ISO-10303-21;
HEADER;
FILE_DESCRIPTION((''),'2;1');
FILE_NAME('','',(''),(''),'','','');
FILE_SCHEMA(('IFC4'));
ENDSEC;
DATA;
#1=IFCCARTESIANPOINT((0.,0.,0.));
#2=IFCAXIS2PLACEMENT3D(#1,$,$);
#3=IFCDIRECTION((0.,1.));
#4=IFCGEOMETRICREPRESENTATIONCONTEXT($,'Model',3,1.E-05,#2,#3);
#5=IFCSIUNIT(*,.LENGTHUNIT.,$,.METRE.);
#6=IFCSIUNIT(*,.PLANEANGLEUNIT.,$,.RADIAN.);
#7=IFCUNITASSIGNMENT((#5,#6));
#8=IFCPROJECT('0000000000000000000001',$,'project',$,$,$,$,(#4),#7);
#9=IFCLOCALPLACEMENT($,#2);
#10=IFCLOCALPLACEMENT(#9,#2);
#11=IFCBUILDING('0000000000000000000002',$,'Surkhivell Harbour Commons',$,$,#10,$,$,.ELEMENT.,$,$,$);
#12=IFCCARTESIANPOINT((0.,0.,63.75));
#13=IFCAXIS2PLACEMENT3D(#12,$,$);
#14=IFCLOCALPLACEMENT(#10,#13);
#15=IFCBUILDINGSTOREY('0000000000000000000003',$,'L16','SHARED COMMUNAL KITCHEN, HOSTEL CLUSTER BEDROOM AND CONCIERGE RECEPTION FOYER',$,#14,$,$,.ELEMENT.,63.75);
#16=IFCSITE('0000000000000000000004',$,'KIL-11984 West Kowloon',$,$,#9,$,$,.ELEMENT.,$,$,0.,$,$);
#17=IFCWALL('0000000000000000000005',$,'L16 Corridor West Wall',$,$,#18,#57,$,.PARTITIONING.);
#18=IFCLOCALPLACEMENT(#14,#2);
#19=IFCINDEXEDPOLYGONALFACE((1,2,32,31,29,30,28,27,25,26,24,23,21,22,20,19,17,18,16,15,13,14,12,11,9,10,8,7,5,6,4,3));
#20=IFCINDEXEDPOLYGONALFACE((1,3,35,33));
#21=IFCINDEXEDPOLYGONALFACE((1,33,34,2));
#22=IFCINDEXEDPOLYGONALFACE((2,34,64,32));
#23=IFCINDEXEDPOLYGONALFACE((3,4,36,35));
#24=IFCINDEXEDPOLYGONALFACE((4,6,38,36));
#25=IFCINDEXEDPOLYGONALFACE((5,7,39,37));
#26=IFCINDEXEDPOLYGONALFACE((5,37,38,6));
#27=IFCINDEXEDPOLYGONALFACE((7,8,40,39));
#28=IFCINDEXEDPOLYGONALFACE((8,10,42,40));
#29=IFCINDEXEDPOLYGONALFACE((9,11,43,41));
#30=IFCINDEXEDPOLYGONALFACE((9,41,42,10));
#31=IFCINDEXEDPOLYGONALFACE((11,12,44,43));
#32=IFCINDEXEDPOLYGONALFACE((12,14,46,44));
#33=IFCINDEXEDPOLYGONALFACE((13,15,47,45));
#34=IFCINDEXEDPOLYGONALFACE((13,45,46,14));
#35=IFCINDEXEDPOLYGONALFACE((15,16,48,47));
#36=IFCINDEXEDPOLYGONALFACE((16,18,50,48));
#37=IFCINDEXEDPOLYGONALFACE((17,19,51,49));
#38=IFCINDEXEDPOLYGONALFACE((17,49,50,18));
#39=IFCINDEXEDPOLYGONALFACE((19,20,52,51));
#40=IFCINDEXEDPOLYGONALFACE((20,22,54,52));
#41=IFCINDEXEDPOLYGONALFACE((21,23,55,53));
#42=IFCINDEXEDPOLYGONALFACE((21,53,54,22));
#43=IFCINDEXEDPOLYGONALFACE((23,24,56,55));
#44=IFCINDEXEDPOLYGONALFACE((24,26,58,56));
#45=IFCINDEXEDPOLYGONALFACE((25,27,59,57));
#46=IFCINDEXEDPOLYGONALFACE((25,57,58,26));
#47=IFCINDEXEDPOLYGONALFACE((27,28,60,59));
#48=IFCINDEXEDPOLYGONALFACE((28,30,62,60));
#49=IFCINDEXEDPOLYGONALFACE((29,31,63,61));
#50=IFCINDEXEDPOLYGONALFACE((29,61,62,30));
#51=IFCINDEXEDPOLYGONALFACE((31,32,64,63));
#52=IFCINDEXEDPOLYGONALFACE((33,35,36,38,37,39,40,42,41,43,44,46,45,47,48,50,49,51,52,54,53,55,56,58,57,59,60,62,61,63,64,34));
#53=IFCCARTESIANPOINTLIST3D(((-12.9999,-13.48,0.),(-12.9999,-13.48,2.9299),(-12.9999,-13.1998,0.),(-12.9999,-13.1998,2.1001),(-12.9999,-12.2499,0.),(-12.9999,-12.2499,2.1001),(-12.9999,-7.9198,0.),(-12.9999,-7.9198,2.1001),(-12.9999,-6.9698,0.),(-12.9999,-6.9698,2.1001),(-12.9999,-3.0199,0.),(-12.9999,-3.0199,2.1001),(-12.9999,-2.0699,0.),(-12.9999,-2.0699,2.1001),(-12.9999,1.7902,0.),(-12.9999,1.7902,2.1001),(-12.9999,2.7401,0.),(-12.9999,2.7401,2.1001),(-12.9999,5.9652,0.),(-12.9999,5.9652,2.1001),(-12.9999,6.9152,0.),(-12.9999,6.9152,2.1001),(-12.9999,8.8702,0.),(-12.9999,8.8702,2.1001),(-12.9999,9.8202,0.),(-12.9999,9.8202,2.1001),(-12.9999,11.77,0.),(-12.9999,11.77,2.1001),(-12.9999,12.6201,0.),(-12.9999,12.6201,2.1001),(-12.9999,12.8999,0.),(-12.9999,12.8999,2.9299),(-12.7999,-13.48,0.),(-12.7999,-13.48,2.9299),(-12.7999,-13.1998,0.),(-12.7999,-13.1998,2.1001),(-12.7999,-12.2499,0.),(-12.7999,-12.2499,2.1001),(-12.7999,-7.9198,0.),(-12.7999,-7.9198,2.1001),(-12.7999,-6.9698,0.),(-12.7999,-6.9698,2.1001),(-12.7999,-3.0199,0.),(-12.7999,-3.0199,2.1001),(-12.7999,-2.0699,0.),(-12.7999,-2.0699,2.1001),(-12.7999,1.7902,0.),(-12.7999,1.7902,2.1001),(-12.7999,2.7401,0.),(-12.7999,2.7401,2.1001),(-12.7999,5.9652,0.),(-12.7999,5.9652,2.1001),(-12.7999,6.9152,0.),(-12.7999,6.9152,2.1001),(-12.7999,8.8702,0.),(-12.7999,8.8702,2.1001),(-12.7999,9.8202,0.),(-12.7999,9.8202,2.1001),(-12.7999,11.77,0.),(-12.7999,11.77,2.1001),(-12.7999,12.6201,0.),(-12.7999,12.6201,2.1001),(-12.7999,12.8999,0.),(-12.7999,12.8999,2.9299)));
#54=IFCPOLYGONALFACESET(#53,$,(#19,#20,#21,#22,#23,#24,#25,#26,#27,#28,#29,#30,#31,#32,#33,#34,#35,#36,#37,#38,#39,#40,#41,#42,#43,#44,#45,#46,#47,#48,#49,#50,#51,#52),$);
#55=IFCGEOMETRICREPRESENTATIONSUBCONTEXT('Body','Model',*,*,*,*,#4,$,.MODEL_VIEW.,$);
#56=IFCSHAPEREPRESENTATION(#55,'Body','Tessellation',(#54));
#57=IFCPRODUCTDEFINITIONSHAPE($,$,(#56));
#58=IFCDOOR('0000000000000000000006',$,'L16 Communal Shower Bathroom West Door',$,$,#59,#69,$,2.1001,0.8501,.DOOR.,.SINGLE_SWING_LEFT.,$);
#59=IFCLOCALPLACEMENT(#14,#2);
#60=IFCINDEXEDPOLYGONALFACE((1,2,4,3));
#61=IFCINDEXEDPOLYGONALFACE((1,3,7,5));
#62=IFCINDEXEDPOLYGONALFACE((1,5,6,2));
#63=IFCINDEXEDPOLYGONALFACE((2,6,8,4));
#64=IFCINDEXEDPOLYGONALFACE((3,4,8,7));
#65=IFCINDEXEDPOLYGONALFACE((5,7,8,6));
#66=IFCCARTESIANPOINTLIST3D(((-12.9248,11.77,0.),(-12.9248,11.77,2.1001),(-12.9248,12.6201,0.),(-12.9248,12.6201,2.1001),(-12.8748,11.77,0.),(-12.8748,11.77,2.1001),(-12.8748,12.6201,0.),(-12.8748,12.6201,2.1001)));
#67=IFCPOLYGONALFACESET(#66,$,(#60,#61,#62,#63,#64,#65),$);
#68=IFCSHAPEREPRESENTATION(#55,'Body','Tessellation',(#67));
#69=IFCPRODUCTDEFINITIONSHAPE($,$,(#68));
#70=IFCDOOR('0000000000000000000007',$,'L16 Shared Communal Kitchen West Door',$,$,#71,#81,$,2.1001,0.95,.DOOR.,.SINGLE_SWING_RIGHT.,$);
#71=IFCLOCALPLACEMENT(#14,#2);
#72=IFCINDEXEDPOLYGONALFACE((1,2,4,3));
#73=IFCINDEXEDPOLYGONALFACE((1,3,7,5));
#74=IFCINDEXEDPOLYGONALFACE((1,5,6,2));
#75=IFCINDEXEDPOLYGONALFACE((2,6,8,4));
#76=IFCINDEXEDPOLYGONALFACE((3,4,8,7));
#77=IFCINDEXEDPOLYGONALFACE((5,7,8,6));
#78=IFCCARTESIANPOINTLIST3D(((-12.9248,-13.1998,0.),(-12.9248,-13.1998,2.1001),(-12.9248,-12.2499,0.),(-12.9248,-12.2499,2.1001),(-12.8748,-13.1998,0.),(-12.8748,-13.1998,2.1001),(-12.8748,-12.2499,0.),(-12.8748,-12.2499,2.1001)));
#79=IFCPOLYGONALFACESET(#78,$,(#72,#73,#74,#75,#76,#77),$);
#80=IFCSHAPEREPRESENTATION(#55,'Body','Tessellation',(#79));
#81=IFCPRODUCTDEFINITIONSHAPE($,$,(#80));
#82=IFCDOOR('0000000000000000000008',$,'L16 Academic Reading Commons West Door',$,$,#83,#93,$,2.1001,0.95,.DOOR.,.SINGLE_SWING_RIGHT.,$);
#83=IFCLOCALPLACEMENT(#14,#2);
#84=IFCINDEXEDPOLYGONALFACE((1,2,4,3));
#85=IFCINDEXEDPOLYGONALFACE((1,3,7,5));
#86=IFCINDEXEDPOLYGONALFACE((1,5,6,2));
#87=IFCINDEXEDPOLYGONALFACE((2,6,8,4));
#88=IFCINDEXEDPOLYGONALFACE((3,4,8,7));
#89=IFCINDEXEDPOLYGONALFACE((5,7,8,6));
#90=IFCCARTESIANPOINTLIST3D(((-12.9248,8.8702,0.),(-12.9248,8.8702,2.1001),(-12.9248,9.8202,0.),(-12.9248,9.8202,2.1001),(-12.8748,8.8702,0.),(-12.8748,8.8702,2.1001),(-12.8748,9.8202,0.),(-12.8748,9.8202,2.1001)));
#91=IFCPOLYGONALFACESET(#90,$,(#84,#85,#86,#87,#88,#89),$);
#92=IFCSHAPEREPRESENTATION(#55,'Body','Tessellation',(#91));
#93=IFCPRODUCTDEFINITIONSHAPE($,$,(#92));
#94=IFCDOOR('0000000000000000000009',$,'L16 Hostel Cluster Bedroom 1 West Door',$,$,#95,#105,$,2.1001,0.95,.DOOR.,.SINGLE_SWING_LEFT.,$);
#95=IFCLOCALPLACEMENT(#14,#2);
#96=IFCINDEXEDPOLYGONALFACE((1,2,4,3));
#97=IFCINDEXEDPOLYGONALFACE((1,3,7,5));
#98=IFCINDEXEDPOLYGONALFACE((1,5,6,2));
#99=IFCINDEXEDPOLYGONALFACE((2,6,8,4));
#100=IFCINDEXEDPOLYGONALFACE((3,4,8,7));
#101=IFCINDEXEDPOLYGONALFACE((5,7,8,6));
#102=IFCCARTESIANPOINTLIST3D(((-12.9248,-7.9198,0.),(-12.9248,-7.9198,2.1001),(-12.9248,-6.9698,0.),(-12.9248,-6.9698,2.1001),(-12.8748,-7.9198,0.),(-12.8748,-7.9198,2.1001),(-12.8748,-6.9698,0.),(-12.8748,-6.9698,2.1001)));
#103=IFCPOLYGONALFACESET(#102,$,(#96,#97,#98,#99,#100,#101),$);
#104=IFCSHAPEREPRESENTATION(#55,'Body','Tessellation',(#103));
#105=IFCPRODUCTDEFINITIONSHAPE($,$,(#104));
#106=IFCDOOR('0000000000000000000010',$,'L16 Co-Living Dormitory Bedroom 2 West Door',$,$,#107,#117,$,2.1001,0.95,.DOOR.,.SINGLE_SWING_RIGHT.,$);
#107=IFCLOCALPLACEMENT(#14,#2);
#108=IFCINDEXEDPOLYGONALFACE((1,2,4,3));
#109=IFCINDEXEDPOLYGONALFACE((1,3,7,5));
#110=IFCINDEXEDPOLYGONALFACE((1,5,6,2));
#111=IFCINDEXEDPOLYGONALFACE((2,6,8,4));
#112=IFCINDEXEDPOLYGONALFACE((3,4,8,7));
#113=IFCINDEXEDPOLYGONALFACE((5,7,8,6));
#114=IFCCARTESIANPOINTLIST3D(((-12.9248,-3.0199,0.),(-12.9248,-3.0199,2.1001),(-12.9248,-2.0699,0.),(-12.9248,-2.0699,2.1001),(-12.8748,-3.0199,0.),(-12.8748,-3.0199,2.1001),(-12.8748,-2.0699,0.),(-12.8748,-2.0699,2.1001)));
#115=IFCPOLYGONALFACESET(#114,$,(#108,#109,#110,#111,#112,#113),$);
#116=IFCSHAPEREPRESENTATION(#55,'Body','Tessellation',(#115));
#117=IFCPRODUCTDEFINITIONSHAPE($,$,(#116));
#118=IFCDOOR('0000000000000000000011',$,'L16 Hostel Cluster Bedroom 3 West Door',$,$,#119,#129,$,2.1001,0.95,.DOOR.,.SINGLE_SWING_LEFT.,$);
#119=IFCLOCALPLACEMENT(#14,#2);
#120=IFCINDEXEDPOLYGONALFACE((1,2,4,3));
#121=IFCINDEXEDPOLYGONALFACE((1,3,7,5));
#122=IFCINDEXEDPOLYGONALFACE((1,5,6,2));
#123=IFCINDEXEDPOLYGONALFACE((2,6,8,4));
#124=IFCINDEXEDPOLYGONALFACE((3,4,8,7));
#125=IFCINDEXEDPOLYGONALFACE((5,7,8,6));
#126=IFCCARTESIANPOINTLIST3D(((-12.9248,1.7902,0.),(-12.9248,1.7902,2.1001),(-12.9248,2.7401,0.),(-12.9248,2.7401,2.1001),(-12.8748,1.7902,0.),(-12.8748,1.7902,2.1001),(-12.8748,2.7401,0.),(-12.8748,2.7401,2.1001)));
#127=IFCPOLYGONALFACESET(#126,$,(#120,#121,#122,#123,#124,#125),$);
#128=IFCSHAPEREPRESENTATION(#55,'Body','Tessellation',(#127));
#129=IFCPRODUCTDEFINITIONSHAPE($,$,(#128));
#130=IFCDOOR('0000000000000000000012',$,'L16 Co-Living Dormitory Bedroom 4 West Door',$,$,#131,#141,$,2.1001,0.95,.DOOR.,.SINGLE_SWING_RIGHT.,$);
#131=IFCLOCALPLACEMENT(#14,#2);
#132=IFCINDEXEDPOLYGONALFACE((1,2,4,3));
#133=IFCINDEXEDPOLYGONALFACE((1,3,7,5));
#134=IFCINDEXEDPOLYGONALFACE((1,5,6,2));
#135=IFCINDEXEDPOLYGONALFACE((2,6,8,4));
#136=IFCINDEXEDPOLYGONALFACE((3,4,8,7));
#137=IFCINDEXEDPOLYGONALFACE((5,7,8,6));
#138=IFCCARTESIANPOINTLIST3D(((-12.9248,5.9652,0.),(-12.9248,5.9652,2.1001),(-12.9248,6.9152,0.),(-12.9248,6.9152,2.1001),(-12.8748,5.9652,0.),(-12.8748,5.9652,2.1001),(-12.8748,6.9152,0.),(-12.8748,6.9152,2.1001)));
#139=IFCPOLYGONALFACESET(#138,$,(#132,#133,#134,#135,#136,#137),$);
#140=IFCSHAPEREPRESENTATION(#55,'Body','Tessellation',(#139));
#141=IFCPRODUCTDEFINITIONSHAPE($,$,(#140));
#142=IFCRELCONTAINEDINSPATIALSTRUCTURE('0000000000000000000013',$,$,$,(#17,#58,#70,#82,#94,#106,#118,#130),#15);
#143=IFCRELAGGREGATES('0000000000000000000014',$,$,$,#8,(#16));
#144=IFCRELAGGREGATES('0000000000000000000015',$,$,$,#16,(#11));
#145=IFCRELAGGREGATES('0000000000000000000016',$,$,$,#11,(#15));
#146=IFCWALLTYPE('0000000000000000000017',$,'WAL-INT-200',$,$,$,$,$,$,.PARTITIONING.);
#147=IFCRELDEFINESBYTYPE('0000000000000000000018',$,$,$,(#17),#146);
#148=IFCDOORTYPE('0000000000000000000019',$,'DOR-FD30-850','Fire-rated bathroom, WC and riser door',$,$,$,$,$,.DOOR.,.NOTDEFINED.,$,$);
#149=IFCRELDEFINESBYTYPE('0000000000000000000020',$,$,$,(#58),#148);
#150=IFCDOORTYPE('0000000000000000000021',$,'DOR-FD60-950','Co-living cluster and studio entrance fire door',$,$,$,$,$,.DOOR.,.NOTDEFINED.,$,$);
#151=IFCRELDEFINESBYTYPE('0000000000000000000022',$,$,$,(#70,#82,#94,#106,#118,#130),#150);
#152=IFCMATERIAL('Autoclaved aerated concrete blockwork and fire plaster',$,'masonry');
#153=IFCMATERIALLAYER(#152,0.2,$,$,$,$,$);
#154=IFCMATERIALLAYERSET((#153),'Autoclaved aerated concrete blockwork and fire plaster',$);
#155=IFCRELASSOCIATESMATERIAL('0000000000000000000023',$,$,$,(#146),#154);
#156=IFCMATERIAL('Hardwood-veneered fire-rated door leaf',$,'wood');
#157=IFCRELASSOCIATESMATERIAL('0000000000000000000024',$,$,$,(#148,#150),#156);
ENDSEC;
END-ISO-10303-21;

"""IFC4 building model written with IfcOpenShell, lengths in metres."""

from ifc_helpers import new_model, si_unit, direction, frame, frame_2d, origin, place, context, subcontext, project, spatial, rectangle, extrude, material, layer, layer_set, type_object, element, fill, save


model = new_model("IFC4")

# Units and contexts
model_context = context("Model", 3, precision=1e-05, world=origin(), true_north=direction((0.0, 1.0)))
body_context = subcontext(model_context, "Body", "Model", "MODEL_VIEW")
ifc_project = project(units=[si_unit("LENGTHUNIT", "METRE"), si_unit("PLANEANGLEUNIT", "RADIAN")], contexts=[model_context])

# Site, building, storey
site_placement = place(None, origin())
site = spatial("IfcSite", under=ifc_project, at=site_placement, Name="KIL-11984 West Kowloon", CompositionType="ELEMENT", RefElevation=0.0)
building_placement = place(site_placement, origin())
building = spatial("IfcBuilding", under=site, at=building_placement, Name="Surkhivell Harbour Commons", CompositionType="ELEMENT")
storey_placement = place(building_placement, frame((0.0, 0.0, 63.75)))
storey = spatial("IfcBuildingStorey", under=building, at=storey_placement, Name="L16", Description="SHARED COMMUNAL KITCHEN, HOSTEL CLUSTER BEDROOM AND CONCIERGE RECEPTION FOYER", CompositionType="ELEMENT", Elevation=63.75)

# Wall, openings, doors
ifc_material_1 = material(Name="Autoclaved aerated concrete blockwork and fire plaster", Category="masonry")
ifc_layer_1 = layer(ifc_material_1, 0.2)
ifc_layer_set_1 = layer_set([ifc_layer_1], Name="Autoclaved aerated concrete blockwork and fire plaster")
wall_type_1 = type_object("IfcWallType", Name="WAL-INT-200", PredefinedType="PARTITIONING", material=ifc_layer_set_1)
ifc_material_2 = material(Name="Hardwood-veneered fire-rated door leaf", Category="wood")
door_type_1 = type_object("IfcDoorType", Name="DOR-FD30-850", Description="Fire-rated bathroom, WC and riser door", OperationType="NOTDEFINED", PredefinedType="DOOR", material=ifc_material_2)
wall_1_placement = place(storey_placement, frame((-12.8999, -13.48, 0.0), z_axis=(0.0, 0.0, 1.0), x_axis=(0.0, 1.0, 0.0)))
wall_1 = element("IfcWall", 1, at=wall_1_placement, inside=storey, type_object=wall_type_1, Name="L16 Corridor West Wall", PredefinedType="PARTITIONING", context=body_context, shape_type="SweptSolid", body=[
    extrude(rectangle(XDim=26.3799, YDim=0.2, at=frame_2d((13.1899, 0.0))), origin(), (0.0, 0.0, 1.0), 2.9299),
])
opening_1_placement = place(wall_1_placement, frame((0.28, 0.0, 0.0)))
opening_1 = element("IfcOpeningElement", 2, at=opening_1_placement, cuts=wall_1, PredefinedType="OPENING", context=body_context, shape_type="SweptSolid", body=[
    extrude(rectangle(XDim=0.95, YDim=2.1001, at=frame_2d((0.4751, 1.05))), frame((0.0, 0.1099, 0.0), z_axis=(0.0, -1.0, 0.0), x_axis=(1.0, 0.0, 0.0)), (0.0, 0.0, 1.0), 0.22),
])
opening_2_placement = place(wall_1_placement, frame((25.25, 0.0, 0.0)))
opening_2 = element("IfcOpeningElement", 3, at=opening_2_placement, cuts=wall_1, PredefinedType="OPENING", context=body_context, shape_type="SweptSolid", body=[
    extrude(rectangle(XDim=0.8501, YDim=2.1001, at=frame_2d((0.425, 1.05))), frame((0.0, 0.1099, 0.0), z_axis=(0.0, -1.0, 0.0), x_axis=(1.0, 0.0, 0.0)), (0.0, 0.0, 1.0), 0.22),
])
opening_3_placement = place(wall_1_placement, frame((22.3501, 0.0, 0.0)))
opening_3 = element("IfcOpeningElement", 4, at=opening_3_placement, cuts=wall_1, PredefinedType="OPENING", context=body_context, shape_type="SweptSolid", body=[
    extrude(rectangle(XDim=0.95, YDim=2.1001, at=frame_2d((0.4751, 1.05))), frame((0.0, 0.1099, 0.0), z_axis=(0.0, -1.0, 0.0), x_axis=(1.0, 0.0, 0.0)), (0.0, 0.0, 1.0), 0.22),
])
opening_4_placement = place(wall_1_placement, frame((5.5601, 0.0, 0.0)))
opening_4 = element("IfcOpeningElement", 5, at=opening_4_placement, cuts=wall_1, PredefinedType="OPENING", context=body_context, shape_type="SweptSolid", body=[
    extrude(rectangle(XDim=0.95, YDim=2.1001, at=frame_2d((0.4751, 1.05))), frame((0.0, 0.1099, 0.0), z_axis=(0.0, -1.0, 0.0), x_axis=(1.0, 0.0, 0.0)), (0.0, 0.0, 1.0), 0.22),
])
opening_5_placement = place(wall_1_placement, frame((10.46, 0.0, 0.0)))
opening_5 = element("IfcOpeningElement", 6, at=opening_5_placement, cuts=wall_1, PredefinedType="OPENING", context=body_context, shape_type="SweptSolid", body=[
    extrude(rectangle(XDim=0.95, YDim=2.1001, at=frame_2d((0.4751, 1.05))), frame((0.0, 0.1099, 0.0), z_axis=(0.0, -1.0, 0.0), x_axis=(1.0, 0.0, 0.0)), (0.0, 0.0, 1.0), 0.22),
])
opening_6_placement = place(wall_1_placement, frame((15.27, 0.0, 0.0)))
opening_6 = element("IfcOpeningElement", 7, at=opening_6_placement, cuts=wall_1, PredefinedType="OPENING", context=body_context, shape_type="SweptSolid", body=[
    extrude(rectangle(XDim=0.95, YDim=2.1001, at=frame_2d((0.4751, 1.05))), frame((0.0, 0.1099, 0.0), z_axis=(0.0, -1.0, 0.0), x_axis=(1.0, 0.0, 0.0)), (0.0, 0.0, 1.0), 0.22),
])
opening_7_placement = place(wall_1_placement, frame((19.4451, 0.0, 0.0)))
opening_7 = element("IfcOpeningElement", 8, at=opening_7_placement, cuts=wall_1, PredefinedType="OPENING", context=body_context, shape_type="SweptSolid", body=[
    extrude(rectangle(XDim=0.95, YDim=2.1001, at=frame_2d((0.4751, 1.05))), frame((0.0, 0.1099, 0.0), z_axis=(0.0, -1.0, 0.0), x_axis=(1.0, 0.0, 0.0)), (0.0, 0.0, 1.0), 0.22),
])
door_1_placement = place(opening_2_placement, origin())
door_1 = element("IfcDoor", 9, at=door_1_placement, inside=storey, type_object=door_type_1, Name="L16 Communal Shower Bathroom West Door", OperationType="SINGLE_SWING_LEFT", OverallHeight=2.1001, OverallWidth=0.8501, PredefinedType="DOOR", context=body_context, shape_type="SweptSolid", body=[
    extrude(rectangle(XDim=0.8501, YDim=2.1001, at=frame_2d((0.425, 1.05))), frame((0.0, 0.0249, 0.0), z_axis=(0.0, -1.0, 0.0), x_axis=(1.0, 0.0, 0.0)), (0.0, 0.0, 1.0), 0.05),
])
fill(opening_2, door_1)
door_type_2 = type_object("IfcDoorType", Name="DOR-FD60-950", Description="Co-living cluster and studio entrance fire door", OperationType="NOTDEFINED", PredefinedType="DOOR", material=ifc_material_2)
door_2_placement = place(opening_1_placement, origin())
door_2 = element("IfcDoor", 10, at=door_2_placement, inside=storey, type_object=door_type_2, Name="L16 Shared Communal Kitchen West Door", OperationType="SINGLE_SWING_RIGHT", OverallHeight=2.1001, OverallWidth=0.95, PredefinedType="DOOR", context=body_context, shape_type="SweptSolid", body=[
    extrude(rectangle(XDim=0.95, YDim=2.1001, at=frame_2d((0.4751, 1.05))), frame((0.0, 0.0249, 0.0), z_axis=(0.0, -1.0, 0.0), x_axis=(1.0, 0.0, 0.0)), (0.0, 0.0, 1.0), 0.05),
])
fill(opening_1, door_2)
door_3_placement = place(opening_3_placement, origin())
door_3 = element("IfcDoor", 11, at=door_3_placement, inside=storey, type_object=door_type_2, Name="L16 Academic Reading Commons West Door", OperationType="SINGLE_SWING_RIGHT", OverallHeight=2.1001, OverallWidth=0.95, PredefinedType="DOOR", context=body_context, shape_type="SweptSolid", body=[
    extrude(rectangle(XDim=0.95, YDim=2.1001, at=frame_2d((0.4751, 1.05))), frame((0.0, 0.0249, 0.0), z_axis=(0.0, -1.0, 0.0), x_axis=(1.0, 0.0, 0.0)), (0.0, 0.0, 1.0), 0.05),
])
fill(opening_3, door_3)
door_4_placement = place(opening_4_placement, origin())
door_4 = element("IfcDoor", 12, at=door_4_placement, inside=storey, type_object=door_type_2, Name="L16 Hostel Cluster Bedroom 1 West Door", OperationType="SINGLE_SWING_LEFT", OverallHeight=2.1001, OverallWidth=0.95, PredefinedType="DOOR", context=body_context, shape_type="SweptSolid", body=[
    extrude(rectangle(XDim=0.95, YDim=2.1001, at=frame_2d((0.4751, 1.05))), frame((0.0, 0.0249, 0.0), z_axis=(0.0, -1.0, 0.0), x_axis=(1.0, 0.0, 0.0)), (0.0, 0.0, 1.0), 0.05),
])
fill(opening_4, door_4)
door_5_placement = place(opening_5_placement, origin())
door_5 = element("IfcDoor", 13, at=door_5_placement, inside=storey, type_object=door_type_2, Name="L16 Co-Living Dormitory Bedroom 2 West Door", OperationType="SINGLE_SWING_RIGHT", OverallHeight=2.1001, OverallWidth=0.95, PredefinedType="DOOR", context=body_context, shape_type="SweptSolid", body=[
    extrude(rectangle(XDim=0.95, YDim=2.1001, at=frame_2d((0.4751, 1.05))), frame((0.0, 0.0249, 0.0), z_axis=(0.0, -1.0, 0.0), x_axis=(1.0, 0.0, 0.0)), (0.0, 0.0, 1.0), 0.05),
])
fill(opening_5, door_5)
door_6_placement = place(opening_6_placement, origin())
door_6 = element("IfcDoor", 14, at=door_6_placement, inside=storey, type_object=door_type_2, Name="L16 Hostel Cluster Bedroom 3 West Door", OperationType="SINGLE_SWING_LEFT", OverallHeight=2.1001, OverallWidth=0.95, PredefinedType="DOOR", context=body_context, shape_type="SweptSolid", body=[
    extrude(rectangle(XDim=0.95, YDim=2.1001, at=frame_2d((0.4751, 1.05))), frame((0.0, 0.0249, 0.0), z_axis=(0.0, -1.0, 0.0), x_axis=(1.0, 0.0, 0.0)), (0.0, 0.0, 1.0), 0.05),
])
fill(opening_6, door_6)
door_7_placement = place(opening_7_placement, origin())
door_7 = element("IfcDoor", 15, at=door_7_placement, inside=storey, type_object=door_type_2, Name="L16 Co-Living Dormitory Bedroom 4 West Door", OperationType="SINGLE_SWING_RIGHT", OverallHeight=2.1001, OverallWidth=0.95, PredefinedType="DOOR", context=body_context, shape_type="SweptSolid", body=[
    extrude(rectangle(XDim=0.95, YDim=2.1001, at=frame_2d((0.4751, 1.05))), frame((0.0, 0.0249, 0.0), z_axis=(0.0, -1.0, 0.0), x_axis=(1.0, 0.0, 0.0)), (0.0, 0.0, 1.0), 0.05),
])
fill(opening_7, door_7)

save(model, "model.ifc")
